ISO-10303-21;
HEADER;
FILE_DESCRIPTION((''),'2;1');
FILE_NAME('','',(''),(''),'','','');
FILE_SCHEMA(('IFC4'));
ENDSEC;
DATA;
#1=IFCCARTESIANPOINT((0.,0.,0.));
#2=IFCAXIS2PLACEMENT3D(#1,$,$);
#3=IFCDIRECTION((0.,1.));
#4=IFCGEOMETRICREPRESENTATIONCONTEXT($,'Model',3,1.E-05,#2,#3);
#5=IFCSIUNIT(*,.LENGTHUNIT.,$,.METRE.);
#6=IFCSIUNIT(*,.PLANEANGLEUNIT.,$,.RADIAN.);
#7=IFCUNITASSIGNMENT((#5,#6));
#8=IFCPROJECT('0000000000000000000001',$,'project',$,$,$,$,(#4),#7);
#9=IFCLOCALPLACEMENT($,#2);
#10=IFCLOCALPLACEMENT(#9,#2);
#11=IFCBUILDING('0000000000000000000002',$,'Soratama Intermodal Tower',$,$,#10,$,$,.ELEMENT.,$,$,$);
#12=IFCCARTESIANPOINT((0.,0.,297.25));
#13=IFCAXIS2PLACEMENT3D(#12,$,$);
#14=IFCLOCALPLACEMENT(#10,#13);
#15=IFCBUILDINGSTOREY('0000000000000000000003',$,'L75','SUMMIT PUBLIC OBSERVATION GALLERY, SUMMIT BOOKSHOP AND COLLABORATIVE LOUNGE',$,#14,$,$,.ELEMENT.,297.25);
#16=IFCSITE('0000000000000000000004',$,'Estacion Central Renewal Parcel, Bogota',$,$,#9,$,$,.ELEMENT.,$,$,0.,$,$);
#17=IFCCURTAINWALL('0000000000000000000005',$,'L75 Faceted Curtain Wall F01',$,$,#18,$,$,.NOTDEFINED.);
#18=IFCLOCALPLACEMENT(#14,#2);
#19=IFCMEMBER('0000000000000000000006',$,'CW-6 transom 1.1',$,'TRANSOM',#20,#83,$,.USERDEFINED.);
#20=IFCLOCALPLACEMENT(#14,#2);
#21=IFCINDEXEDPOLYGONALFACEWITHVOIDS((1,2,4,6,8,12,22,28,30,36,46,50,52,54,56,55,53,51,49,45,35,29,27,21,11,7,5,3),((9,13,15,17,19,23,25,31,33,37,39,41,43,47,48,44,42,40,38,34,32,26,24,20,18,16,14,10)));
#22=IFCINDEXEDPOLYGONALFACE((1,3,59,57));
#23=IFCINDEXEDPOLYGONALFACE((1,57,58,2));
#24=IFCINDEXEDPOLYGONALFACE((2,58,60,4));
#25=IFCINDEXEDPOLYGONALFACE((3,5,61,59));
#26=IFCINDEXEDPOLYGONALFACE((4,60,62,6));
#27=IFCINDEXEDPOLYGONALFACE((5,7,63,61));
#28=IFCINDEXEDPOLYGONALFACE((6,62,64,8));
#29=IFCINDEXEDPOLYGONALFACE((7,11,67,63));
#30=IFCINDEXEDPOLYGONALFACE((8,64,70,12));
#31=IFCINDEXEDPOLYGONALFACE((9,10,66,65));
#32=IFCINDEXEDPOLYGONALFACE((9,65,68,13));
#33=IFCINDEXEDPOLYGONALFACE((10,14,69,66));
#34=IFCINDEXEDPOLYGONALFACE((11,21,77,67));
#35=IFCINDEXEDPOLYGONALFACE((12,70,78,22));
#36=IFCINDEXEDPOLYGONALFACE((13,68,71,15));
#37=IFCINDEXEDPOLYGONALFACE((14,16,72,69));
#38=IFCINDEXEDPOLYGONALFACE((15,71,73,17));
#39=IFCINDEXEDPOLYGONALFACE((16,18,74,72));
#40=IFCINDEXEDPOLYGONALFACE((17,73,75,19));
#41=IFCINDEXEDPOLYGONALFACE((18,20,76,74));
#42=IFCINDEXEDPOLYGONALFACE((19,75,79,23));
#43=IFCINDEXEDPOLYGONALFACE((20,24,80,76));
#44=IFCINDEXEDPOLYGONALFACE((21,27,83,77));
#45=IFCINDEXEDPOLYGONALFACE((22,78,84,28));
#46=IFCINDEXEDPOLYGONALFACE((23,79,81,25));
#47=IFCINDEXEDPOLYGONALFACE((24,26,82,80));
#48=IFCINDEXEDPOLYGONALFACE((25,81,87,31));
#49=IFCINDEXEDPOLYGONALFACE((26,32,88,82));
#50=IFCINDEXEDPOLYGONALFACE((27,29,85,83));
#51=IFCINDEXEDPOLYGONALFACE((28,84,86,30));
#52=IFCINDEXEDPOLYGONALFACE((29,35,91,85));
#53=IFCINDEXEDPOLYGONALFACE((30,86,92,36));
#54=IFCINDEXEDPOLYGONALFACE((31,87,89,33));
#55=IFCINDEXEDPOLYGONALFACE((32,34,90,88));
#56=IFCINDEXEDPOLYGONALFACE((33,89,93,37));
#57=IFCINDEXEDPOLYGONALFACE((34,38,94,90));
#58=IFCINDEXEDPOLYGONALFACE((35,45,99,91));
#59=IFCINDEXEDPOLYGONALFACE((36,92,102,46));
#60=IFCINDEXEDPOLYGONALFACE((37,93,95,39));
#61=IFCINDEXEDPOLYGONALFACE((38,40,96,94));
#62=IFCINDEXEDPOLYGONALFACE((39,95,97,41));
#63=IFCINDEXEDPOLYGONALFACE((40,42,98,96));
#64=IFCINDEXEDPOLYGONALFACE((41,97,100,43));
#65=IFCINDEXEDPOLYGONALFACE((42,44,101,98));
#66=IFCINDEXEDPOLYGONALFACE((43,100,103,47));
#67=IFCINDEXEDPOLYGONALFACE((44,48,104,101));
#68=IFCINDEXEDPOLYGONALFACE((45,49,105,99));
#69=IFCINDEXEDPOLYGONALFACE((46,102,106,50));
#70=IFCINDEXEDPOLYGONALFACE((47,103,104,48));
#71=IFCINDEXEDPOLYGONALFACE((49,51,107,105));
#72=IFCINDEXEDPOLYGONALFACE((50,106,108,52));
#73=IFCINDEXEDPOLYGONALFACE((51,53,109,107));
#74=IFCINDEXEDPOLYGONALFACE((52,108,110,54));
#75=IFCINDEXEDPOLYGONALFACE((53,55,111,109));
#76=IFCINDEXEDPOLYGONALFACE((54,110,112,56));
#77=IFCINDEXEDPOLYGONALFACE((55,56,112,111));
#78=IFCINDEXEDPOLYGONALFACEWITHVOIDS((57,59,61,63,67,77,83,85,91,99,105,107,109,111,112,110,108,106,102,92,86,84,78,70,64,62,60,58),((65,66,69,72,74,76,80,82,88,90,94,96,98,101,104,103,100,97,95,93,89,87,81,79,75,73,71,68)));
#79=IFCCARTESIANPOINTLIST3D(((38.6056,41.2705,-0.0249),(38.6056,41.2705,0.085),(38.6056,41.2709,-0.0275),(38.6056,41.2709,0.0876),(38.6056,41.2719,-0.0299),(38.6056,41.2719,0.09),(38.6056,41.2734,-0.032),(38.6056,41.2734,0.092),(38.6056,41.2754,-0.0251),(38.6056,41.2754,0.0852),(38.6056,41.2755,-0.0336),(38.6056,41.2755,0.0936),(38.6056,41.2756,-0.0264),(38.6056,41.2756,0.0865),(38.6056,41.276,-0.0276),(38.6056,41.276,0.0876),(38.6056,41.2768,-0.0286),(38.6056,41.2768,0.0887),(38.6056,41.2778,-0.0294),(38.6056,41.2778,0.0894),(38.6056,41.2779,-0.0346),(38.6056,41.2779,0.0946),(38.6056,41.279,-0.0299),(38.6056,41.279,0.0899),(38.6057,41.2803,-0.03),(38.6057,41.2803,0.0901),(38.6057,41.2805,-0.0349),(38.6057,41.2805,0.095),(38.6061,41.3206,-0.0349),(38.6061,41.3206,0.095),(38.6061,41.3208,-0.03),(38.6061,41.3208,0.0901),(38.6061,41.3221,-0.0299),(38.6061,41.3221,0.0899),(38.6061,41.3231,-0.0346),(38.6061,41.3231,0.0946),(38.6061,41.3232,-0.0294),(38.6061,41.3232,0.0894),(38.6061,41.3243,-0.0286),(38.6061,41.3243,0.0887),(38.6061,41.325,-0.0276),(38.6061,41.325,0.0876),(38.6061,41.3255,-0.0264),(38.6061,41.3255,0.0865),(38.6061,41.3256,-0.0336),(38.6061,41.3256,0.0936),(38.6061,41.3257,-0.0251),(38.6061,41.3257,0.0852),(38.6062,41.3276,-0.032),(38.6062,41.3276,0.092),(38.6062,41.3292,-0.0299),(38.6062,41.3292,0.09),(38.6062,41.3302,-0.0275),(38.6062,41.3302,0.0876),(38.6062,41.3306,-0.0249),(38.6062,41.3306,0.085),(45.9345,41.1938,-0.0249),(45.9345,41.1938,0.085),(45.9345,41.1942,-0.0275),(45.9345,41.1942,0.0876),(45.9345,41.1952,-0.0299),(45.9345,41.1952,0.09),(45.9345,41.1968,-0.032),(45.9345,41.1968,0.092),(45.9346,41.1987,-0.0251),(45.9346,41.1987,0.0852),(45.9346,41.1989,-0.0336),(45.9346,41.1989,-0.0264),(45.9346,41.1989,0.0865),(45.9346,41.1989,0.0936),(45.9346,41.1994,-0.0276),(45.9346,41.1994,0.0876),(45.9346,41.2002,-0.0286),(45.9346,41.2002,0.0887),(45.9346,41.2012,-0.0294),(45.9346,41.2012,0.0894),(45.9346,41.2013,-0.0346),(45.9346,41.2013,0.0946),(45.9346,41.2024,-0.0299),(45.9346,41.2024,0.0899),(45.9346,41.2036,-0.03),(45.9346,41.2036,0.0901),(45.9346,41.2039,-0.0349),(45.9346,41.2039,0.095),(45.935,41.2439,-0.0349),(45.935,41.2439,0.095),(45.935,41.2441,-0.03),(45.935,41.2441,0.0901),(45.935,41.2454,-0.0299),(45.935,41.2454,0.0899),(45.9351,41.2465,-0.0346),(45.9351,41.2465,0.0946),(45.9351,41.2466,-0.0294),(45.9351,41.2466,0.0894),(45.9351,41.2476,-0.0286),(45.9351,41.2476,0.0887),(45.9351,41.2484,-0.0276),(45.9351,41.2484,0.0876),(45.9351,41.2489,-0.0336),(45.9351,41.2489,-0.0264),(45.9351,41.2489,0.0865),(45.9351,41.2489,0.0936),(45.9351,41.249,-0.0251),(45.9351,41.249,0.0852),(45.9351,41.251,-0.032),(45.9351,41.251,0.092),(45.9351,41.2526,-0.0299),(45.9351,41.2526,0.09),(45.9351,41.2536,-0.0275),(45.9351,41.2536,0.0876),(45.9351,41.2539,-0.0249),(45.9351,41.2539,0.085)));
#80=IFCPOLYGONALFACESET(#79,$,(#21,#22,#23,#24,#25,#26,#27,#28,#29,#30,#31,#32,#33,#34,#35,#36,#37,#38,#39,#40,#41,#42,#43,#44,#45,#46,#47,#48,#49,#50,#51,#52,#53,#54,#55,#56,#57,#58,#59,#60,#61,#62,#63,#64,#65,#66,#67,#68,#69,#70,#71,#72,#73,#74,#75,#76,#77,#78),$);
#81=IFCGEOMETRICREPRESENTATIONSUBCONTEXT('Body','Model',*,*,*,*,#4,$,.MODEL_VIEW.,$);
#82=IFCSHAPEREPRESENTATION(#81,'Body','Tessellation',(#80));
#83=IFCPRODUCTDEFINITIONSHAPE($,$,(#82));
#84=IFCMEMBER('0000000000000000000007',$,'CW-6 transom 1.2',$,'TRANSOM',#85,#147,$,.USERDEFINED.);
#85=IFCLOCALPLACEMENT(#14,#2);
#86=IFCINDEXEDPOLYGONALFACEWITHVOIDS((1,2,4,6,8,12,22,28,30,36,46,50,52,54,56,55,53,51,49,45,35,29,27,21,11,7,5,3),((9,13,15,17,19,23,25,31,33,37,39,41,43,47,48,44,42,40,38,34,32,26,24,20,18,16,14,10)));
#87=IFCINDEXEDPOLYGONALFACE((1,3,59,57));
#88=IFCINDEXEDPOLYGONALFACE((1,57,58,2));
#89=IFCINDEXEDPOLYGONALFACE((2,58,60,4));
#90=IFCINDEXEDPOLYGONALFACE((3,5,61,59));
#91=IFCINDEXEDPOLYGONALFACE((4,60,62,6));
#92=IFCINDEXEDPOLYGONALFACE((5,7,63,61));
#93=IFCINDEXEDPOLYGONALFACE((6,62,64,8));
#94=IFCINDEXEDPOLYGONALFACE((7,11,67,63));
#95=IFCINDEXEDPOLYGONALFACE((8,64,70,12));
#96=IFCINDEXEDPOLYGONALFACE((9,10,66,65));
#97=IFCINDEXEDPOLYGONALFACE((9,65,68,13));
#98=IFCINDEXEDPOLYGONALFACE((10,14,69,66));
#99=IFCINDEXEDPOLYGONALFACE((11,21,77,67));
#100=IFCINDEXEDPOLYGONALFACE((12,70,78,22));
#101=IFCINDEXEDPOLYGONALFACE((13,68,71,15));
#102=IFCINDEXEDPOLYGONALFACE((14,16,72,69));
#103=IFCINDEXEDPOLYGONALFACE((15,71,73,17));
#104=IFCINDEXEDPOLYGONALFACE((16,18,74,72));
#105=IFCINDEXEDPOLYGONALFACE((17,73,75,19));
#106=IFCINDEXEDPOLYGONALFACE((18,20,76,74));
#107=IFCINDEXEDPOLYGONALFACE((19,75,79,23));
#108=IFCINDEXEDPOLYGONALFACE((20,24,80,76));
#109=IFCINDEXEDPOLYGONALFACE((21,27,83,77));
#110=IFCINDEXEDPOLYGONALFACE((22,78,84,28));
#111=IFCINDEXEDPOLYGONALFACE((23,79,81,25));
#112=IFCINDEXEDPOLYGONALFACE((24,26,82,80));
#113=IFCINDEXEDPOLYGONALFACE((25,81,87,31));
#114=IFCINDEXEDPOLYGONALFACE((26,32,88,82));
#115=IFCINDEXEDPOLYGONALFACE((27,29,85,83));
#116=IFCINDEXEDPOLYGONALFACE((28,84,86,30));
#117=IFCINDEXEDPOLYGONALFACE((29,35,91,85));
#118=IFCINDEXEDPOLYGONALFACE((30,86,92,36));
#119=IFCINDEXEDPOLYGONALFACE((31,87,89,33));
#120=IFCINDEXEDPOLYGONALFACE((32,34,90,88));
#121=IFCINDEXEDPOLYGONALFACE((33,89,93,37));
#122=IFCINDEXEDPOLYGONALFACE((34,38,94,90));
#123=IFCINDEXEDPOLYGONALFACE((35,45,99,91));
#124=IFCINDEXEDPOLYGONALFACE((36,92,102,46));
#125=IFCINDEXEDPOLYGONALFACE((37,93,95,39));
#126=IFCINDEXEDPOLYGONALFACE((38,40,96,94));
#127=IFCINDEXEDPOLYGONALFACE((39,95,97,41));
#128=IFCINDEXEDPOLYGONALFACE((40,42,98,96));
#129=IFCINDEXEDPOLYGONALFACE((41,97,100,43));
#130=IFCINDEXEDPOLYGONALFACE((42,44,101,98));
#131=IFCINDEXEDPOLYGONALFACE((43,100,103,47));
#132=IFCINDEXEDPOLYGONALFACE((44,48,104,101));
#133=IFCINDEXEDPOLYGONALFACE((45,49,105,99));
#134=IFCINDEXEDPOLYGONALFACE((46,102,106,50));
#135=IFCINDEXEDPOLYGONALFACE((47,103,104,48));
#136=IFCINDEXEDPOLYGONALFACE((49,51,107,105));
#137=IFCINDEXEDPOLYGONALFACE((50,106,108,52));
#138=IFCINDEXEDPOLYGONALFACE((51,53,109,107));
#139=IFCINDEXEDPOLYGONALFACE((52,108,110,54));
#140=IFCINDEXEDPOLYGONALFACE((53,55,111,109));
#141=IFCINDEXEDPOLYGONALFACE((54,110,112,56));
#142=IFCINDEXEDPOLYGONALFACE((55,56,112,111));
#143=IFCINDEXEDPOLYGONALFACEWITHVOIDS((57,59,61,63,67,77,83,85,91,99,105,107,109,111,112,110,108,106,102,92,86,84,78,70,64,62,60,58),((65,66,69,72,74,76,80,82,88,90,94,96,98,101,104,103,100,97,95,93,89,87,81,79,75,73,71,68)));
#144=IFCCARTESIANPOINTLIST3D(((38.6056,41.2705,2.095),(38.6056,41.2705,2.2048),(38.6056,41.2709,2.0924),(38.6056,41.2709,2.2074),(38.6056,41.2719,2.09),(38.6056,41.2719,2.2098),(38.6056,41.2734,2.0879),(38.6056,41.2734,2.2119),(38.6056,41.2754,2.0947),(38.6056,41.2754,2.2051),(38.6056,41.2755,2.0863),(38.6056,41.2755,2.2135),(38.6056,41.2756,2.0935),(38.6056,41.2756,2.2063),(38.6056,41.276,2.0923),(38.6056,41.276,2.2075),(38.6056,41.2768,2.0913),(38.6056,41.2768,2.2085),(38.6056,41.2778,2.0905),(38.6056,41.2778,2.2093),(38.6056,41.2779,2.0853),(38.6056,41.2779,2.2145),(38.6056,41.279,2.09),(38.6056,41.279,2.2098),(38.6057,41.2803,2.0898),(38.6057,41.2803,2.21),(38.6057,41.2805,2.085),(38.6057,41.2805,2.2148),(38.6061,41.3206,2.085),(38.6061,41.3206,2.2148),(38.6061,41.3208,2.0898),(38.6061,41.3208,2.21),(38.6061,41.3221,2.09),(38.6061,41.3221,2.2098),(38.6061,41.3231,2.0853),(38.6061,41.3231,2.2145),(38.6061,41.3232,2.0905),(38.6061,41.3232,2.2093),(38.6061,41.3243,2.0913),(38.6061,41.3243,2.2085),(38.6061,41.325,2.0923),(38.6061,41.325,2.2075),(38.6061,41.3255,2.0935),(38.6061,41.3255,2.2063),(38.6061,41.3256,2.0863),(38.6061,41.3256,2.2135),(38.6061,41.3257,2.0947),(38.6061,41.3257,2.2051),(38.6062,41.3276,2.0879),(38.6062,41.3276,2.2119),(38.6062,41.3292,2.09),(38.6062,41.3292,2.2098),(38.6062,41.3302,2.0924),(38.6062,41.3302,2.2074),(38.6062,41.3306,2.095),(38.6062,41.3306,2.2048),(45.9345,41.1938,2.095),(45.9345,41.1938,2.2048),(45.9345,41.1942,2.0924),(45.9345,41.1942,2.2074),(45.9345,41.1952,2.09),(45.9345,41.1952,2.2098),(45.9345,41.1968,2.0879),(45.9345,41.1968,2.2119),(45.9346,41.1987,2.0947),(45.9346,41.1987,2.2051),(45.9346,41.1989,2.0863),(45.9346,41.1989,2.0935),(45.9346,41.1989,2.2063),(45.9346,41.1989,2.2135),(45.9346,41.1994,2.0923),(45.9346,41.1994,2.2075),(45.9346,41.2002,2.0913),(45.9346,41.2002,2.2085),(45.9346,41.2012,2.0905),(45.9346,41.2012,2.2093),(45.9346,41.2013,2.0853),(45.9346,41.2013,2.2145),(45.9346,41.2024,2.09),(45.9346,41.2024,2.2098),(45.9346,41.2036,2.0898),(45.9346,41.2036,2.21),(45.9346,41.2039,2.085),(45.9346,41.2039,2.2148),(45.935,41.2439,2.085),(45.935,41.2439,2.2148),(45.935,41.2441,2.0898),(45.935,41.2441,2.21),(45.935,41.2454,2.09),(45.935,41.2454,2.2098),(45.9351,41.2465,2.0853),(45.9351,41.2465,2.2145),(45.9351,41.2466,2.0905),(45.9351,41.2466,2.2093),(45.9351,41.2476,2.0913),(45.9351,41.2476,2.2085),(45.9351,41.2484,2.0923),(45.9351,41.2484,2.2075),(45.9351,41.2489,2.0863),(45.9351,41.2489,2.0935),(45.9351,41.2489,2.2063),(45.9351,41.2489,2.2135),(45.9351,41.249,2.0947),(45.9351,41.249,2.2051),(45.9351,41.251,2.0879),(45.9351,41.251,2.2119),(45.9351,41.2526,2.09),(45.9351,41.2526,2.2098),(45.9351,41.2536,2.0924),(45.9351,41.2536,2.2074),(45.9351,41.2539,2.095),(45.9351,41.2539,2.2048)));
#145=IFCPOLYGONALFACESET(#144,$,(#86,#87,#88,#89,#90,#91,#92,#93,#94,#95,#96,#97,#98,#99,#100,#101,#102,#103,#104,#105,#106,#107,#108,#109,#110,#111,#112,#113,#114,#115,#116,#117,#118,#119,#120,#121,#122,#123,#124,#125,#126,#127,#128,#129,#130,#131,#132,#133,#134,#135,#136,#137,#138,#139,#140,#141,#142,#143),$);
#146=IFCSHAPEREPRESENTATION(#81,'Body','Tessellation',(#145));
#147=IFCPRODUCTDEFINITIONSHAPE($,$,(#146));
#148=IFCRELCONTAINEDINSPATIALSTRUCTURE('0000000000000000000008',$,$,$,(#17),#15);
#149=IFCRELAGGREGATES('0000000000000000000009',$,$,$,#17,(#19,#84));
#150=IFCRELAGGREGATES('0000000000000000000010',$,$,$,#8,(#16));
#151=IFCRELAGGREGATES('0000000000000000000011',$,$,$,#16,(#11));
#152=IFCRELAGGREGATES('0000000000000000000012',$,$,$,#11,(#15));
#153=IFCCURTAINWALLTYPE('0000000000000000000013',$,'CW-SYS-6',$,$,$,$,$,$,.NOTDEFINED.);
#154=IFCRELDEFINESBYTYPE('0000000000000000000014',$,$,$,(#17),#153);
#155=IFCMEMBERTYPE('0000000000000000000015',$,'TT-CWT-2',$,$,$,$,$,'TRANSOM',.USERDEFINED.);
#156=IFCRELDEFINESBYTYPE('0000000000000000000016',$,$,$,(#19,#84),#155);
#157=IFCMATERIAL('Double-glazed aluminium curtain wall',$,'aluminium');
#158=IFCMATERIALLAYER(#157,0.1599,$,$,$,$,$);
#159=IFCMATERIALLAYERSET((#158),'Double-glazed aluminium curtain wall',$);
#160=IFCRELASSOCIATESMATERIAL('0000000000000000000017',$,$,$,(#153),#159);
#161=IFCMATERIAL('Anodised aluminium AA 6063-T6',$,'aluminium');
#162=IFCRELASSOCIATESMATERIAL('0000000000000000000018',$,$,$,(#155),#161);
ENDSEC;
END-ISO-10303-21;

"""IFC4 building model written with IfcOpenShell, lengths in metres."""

from ifc_helpers import new_model, si_unit, direction, frame, origin, origin_2d, place, context, subcontext, project, spatial, hollow_rectangle, extrude, material, layer, layer_set, material_profile, profile_set, type_object, element, aggregate, save


model = new_model("IFC4")

# Units and contexts
model_context = context("Model", 3, precision=1e-05, world=origin(), true_north=direction((0.0, 1.0)))
body_context = subcontext(model_context, "Body", "Model", "MODEL_VIEW")
ifc_project = project(units=[si_unit("LENGTHUNIT", "METRE"), si_unit("PLANEANGLEUNIT", "RADIAN")], contexts=[model_context])

# Site, building, storey
site_placement = place(None, origin())
site = spatial("IfcSite", under=ifc_project, at=site_placement, Name="Estacion Central Renewal Parcel, Bogota", CompositionType="ELEMENT", RefElevation=0.0)
building_placement = place(site_placement, origin())
building = spatial("IfcBuilding", under=site, at=building_placement, Name="Soratama Intermodal Tower", CompositionType="ELEMENT")
storey_placement = place(building_placement, frame((0.0, 0.0, 297.25)))
storey = spatial("IfcBuildingStorey", under=building, at=storey_placement, Name="L75", Description="SUMMIT PUBLIC OBSERVATION GALLERY, SUMMIT BOOKSHOP AND COLLABORATIVE LOUNGE", CompositionType="ELEMENT", Elevation=297.25)

# Curtain wall, members
ifc_material_1 = material(Name="Double-glazed aluminium curtain wall", Category="aluminium")
ifc_layer_1 = layer(ifc_material_1, 0.1599)
ifc_layer_set_1 = layer_set([ifc_layer_1], Name="Double-glazed aluminium curtain wall")
curtain_wall_type = type_object("IfcCurtainWallType", Name="CW-SYS-6", PredefinedType="NOTDEFINED", material=ifc_layer_set_1)
curtain_wall_placement = place(storey_placement, origin())
curtain_wall = element("IfcCurtainWall", 1, at=curtain_wall_placement, inside=storey, type_object=curtain_wall_type, Name="L75 Faceted Curtain Wall F01", PredefinedType="NOTDEFINED")
ifc_material_2 = material(Name="Anodised aluminium AA 6063-T6", Category="aluminium")
ifc_material_profile_1 = material_profile(ifc_material_2, hollow_rectangle(XDim=0.0601, YDim=0.1299, WallThickness=0.0049, InnerFilletRadius=0.0049, OuterFilletRadius=0.01, at=origin_2d()), Name="CWT130X60X5")
ifc_profile_set_1 = profile_set([ifc_material_profile_1], Name="Anodised aluminium AA 6063-T6")
member_type = type_object("IfcMemberType", Name="TT-CWT-2", ElementType="TRANSOM", PredefinedType="USERDEFINED", material=ifc_profile_set_1)
member_1_placement = place(storey_placement, frame((45.9348, 41.2239, 0.03), z_axis=(-0.999945, 0.010459, 0.0), x_axis=(-0.010459, -0.999945, 0.0)))
member_1 = element("IfcMember", 2, at=member_1_placement, type_object=member_type, Name="CW-6 transom 1.1", ObjectType="TRANSOM", PredefinedType="USERDEFINED", context=body_context, shape_type="SweptSolid", body=[
    extrude(hollow_rectangle(XDim=0.0601, YDim=0.1299, WallThickness=0.0049, InnerFilletRadius=0.0049, OuterFilletRadius=0.01, at=origin_2d()), origin(), (0.0, 0.0, 1.0), 7.3293),
])
member_2_placement = place(storey_placement, frame((45.9348, 41.2239, 2.1499), z_axis=(-0.999945, 0.010459, 0.0), x_axis=(-0.010459, -0.999945, 0.0)))
member_2 = element("IfcMember", 3, at=member_2_placement, type_object=member_type, Name="CW-6 transom 1.2", ObjectType="TRANSOM", PredefinedType="USERDEFINED", context=body_context, shape_type="SweptSolid", body=[
    extrude(hollow_rectangle(XDim=0.0601, YDim=0.1299, WallThickness=0.0049, InnerFilletRadius=0.0049, OuterFilletRadius=0.01, at=origin_2d()), origin(), (0.0, 0.0, 1.0), 7.3293),
])
aggregate(curtain_wall, [member_1, member_2])

save(model, "model.ifc")
